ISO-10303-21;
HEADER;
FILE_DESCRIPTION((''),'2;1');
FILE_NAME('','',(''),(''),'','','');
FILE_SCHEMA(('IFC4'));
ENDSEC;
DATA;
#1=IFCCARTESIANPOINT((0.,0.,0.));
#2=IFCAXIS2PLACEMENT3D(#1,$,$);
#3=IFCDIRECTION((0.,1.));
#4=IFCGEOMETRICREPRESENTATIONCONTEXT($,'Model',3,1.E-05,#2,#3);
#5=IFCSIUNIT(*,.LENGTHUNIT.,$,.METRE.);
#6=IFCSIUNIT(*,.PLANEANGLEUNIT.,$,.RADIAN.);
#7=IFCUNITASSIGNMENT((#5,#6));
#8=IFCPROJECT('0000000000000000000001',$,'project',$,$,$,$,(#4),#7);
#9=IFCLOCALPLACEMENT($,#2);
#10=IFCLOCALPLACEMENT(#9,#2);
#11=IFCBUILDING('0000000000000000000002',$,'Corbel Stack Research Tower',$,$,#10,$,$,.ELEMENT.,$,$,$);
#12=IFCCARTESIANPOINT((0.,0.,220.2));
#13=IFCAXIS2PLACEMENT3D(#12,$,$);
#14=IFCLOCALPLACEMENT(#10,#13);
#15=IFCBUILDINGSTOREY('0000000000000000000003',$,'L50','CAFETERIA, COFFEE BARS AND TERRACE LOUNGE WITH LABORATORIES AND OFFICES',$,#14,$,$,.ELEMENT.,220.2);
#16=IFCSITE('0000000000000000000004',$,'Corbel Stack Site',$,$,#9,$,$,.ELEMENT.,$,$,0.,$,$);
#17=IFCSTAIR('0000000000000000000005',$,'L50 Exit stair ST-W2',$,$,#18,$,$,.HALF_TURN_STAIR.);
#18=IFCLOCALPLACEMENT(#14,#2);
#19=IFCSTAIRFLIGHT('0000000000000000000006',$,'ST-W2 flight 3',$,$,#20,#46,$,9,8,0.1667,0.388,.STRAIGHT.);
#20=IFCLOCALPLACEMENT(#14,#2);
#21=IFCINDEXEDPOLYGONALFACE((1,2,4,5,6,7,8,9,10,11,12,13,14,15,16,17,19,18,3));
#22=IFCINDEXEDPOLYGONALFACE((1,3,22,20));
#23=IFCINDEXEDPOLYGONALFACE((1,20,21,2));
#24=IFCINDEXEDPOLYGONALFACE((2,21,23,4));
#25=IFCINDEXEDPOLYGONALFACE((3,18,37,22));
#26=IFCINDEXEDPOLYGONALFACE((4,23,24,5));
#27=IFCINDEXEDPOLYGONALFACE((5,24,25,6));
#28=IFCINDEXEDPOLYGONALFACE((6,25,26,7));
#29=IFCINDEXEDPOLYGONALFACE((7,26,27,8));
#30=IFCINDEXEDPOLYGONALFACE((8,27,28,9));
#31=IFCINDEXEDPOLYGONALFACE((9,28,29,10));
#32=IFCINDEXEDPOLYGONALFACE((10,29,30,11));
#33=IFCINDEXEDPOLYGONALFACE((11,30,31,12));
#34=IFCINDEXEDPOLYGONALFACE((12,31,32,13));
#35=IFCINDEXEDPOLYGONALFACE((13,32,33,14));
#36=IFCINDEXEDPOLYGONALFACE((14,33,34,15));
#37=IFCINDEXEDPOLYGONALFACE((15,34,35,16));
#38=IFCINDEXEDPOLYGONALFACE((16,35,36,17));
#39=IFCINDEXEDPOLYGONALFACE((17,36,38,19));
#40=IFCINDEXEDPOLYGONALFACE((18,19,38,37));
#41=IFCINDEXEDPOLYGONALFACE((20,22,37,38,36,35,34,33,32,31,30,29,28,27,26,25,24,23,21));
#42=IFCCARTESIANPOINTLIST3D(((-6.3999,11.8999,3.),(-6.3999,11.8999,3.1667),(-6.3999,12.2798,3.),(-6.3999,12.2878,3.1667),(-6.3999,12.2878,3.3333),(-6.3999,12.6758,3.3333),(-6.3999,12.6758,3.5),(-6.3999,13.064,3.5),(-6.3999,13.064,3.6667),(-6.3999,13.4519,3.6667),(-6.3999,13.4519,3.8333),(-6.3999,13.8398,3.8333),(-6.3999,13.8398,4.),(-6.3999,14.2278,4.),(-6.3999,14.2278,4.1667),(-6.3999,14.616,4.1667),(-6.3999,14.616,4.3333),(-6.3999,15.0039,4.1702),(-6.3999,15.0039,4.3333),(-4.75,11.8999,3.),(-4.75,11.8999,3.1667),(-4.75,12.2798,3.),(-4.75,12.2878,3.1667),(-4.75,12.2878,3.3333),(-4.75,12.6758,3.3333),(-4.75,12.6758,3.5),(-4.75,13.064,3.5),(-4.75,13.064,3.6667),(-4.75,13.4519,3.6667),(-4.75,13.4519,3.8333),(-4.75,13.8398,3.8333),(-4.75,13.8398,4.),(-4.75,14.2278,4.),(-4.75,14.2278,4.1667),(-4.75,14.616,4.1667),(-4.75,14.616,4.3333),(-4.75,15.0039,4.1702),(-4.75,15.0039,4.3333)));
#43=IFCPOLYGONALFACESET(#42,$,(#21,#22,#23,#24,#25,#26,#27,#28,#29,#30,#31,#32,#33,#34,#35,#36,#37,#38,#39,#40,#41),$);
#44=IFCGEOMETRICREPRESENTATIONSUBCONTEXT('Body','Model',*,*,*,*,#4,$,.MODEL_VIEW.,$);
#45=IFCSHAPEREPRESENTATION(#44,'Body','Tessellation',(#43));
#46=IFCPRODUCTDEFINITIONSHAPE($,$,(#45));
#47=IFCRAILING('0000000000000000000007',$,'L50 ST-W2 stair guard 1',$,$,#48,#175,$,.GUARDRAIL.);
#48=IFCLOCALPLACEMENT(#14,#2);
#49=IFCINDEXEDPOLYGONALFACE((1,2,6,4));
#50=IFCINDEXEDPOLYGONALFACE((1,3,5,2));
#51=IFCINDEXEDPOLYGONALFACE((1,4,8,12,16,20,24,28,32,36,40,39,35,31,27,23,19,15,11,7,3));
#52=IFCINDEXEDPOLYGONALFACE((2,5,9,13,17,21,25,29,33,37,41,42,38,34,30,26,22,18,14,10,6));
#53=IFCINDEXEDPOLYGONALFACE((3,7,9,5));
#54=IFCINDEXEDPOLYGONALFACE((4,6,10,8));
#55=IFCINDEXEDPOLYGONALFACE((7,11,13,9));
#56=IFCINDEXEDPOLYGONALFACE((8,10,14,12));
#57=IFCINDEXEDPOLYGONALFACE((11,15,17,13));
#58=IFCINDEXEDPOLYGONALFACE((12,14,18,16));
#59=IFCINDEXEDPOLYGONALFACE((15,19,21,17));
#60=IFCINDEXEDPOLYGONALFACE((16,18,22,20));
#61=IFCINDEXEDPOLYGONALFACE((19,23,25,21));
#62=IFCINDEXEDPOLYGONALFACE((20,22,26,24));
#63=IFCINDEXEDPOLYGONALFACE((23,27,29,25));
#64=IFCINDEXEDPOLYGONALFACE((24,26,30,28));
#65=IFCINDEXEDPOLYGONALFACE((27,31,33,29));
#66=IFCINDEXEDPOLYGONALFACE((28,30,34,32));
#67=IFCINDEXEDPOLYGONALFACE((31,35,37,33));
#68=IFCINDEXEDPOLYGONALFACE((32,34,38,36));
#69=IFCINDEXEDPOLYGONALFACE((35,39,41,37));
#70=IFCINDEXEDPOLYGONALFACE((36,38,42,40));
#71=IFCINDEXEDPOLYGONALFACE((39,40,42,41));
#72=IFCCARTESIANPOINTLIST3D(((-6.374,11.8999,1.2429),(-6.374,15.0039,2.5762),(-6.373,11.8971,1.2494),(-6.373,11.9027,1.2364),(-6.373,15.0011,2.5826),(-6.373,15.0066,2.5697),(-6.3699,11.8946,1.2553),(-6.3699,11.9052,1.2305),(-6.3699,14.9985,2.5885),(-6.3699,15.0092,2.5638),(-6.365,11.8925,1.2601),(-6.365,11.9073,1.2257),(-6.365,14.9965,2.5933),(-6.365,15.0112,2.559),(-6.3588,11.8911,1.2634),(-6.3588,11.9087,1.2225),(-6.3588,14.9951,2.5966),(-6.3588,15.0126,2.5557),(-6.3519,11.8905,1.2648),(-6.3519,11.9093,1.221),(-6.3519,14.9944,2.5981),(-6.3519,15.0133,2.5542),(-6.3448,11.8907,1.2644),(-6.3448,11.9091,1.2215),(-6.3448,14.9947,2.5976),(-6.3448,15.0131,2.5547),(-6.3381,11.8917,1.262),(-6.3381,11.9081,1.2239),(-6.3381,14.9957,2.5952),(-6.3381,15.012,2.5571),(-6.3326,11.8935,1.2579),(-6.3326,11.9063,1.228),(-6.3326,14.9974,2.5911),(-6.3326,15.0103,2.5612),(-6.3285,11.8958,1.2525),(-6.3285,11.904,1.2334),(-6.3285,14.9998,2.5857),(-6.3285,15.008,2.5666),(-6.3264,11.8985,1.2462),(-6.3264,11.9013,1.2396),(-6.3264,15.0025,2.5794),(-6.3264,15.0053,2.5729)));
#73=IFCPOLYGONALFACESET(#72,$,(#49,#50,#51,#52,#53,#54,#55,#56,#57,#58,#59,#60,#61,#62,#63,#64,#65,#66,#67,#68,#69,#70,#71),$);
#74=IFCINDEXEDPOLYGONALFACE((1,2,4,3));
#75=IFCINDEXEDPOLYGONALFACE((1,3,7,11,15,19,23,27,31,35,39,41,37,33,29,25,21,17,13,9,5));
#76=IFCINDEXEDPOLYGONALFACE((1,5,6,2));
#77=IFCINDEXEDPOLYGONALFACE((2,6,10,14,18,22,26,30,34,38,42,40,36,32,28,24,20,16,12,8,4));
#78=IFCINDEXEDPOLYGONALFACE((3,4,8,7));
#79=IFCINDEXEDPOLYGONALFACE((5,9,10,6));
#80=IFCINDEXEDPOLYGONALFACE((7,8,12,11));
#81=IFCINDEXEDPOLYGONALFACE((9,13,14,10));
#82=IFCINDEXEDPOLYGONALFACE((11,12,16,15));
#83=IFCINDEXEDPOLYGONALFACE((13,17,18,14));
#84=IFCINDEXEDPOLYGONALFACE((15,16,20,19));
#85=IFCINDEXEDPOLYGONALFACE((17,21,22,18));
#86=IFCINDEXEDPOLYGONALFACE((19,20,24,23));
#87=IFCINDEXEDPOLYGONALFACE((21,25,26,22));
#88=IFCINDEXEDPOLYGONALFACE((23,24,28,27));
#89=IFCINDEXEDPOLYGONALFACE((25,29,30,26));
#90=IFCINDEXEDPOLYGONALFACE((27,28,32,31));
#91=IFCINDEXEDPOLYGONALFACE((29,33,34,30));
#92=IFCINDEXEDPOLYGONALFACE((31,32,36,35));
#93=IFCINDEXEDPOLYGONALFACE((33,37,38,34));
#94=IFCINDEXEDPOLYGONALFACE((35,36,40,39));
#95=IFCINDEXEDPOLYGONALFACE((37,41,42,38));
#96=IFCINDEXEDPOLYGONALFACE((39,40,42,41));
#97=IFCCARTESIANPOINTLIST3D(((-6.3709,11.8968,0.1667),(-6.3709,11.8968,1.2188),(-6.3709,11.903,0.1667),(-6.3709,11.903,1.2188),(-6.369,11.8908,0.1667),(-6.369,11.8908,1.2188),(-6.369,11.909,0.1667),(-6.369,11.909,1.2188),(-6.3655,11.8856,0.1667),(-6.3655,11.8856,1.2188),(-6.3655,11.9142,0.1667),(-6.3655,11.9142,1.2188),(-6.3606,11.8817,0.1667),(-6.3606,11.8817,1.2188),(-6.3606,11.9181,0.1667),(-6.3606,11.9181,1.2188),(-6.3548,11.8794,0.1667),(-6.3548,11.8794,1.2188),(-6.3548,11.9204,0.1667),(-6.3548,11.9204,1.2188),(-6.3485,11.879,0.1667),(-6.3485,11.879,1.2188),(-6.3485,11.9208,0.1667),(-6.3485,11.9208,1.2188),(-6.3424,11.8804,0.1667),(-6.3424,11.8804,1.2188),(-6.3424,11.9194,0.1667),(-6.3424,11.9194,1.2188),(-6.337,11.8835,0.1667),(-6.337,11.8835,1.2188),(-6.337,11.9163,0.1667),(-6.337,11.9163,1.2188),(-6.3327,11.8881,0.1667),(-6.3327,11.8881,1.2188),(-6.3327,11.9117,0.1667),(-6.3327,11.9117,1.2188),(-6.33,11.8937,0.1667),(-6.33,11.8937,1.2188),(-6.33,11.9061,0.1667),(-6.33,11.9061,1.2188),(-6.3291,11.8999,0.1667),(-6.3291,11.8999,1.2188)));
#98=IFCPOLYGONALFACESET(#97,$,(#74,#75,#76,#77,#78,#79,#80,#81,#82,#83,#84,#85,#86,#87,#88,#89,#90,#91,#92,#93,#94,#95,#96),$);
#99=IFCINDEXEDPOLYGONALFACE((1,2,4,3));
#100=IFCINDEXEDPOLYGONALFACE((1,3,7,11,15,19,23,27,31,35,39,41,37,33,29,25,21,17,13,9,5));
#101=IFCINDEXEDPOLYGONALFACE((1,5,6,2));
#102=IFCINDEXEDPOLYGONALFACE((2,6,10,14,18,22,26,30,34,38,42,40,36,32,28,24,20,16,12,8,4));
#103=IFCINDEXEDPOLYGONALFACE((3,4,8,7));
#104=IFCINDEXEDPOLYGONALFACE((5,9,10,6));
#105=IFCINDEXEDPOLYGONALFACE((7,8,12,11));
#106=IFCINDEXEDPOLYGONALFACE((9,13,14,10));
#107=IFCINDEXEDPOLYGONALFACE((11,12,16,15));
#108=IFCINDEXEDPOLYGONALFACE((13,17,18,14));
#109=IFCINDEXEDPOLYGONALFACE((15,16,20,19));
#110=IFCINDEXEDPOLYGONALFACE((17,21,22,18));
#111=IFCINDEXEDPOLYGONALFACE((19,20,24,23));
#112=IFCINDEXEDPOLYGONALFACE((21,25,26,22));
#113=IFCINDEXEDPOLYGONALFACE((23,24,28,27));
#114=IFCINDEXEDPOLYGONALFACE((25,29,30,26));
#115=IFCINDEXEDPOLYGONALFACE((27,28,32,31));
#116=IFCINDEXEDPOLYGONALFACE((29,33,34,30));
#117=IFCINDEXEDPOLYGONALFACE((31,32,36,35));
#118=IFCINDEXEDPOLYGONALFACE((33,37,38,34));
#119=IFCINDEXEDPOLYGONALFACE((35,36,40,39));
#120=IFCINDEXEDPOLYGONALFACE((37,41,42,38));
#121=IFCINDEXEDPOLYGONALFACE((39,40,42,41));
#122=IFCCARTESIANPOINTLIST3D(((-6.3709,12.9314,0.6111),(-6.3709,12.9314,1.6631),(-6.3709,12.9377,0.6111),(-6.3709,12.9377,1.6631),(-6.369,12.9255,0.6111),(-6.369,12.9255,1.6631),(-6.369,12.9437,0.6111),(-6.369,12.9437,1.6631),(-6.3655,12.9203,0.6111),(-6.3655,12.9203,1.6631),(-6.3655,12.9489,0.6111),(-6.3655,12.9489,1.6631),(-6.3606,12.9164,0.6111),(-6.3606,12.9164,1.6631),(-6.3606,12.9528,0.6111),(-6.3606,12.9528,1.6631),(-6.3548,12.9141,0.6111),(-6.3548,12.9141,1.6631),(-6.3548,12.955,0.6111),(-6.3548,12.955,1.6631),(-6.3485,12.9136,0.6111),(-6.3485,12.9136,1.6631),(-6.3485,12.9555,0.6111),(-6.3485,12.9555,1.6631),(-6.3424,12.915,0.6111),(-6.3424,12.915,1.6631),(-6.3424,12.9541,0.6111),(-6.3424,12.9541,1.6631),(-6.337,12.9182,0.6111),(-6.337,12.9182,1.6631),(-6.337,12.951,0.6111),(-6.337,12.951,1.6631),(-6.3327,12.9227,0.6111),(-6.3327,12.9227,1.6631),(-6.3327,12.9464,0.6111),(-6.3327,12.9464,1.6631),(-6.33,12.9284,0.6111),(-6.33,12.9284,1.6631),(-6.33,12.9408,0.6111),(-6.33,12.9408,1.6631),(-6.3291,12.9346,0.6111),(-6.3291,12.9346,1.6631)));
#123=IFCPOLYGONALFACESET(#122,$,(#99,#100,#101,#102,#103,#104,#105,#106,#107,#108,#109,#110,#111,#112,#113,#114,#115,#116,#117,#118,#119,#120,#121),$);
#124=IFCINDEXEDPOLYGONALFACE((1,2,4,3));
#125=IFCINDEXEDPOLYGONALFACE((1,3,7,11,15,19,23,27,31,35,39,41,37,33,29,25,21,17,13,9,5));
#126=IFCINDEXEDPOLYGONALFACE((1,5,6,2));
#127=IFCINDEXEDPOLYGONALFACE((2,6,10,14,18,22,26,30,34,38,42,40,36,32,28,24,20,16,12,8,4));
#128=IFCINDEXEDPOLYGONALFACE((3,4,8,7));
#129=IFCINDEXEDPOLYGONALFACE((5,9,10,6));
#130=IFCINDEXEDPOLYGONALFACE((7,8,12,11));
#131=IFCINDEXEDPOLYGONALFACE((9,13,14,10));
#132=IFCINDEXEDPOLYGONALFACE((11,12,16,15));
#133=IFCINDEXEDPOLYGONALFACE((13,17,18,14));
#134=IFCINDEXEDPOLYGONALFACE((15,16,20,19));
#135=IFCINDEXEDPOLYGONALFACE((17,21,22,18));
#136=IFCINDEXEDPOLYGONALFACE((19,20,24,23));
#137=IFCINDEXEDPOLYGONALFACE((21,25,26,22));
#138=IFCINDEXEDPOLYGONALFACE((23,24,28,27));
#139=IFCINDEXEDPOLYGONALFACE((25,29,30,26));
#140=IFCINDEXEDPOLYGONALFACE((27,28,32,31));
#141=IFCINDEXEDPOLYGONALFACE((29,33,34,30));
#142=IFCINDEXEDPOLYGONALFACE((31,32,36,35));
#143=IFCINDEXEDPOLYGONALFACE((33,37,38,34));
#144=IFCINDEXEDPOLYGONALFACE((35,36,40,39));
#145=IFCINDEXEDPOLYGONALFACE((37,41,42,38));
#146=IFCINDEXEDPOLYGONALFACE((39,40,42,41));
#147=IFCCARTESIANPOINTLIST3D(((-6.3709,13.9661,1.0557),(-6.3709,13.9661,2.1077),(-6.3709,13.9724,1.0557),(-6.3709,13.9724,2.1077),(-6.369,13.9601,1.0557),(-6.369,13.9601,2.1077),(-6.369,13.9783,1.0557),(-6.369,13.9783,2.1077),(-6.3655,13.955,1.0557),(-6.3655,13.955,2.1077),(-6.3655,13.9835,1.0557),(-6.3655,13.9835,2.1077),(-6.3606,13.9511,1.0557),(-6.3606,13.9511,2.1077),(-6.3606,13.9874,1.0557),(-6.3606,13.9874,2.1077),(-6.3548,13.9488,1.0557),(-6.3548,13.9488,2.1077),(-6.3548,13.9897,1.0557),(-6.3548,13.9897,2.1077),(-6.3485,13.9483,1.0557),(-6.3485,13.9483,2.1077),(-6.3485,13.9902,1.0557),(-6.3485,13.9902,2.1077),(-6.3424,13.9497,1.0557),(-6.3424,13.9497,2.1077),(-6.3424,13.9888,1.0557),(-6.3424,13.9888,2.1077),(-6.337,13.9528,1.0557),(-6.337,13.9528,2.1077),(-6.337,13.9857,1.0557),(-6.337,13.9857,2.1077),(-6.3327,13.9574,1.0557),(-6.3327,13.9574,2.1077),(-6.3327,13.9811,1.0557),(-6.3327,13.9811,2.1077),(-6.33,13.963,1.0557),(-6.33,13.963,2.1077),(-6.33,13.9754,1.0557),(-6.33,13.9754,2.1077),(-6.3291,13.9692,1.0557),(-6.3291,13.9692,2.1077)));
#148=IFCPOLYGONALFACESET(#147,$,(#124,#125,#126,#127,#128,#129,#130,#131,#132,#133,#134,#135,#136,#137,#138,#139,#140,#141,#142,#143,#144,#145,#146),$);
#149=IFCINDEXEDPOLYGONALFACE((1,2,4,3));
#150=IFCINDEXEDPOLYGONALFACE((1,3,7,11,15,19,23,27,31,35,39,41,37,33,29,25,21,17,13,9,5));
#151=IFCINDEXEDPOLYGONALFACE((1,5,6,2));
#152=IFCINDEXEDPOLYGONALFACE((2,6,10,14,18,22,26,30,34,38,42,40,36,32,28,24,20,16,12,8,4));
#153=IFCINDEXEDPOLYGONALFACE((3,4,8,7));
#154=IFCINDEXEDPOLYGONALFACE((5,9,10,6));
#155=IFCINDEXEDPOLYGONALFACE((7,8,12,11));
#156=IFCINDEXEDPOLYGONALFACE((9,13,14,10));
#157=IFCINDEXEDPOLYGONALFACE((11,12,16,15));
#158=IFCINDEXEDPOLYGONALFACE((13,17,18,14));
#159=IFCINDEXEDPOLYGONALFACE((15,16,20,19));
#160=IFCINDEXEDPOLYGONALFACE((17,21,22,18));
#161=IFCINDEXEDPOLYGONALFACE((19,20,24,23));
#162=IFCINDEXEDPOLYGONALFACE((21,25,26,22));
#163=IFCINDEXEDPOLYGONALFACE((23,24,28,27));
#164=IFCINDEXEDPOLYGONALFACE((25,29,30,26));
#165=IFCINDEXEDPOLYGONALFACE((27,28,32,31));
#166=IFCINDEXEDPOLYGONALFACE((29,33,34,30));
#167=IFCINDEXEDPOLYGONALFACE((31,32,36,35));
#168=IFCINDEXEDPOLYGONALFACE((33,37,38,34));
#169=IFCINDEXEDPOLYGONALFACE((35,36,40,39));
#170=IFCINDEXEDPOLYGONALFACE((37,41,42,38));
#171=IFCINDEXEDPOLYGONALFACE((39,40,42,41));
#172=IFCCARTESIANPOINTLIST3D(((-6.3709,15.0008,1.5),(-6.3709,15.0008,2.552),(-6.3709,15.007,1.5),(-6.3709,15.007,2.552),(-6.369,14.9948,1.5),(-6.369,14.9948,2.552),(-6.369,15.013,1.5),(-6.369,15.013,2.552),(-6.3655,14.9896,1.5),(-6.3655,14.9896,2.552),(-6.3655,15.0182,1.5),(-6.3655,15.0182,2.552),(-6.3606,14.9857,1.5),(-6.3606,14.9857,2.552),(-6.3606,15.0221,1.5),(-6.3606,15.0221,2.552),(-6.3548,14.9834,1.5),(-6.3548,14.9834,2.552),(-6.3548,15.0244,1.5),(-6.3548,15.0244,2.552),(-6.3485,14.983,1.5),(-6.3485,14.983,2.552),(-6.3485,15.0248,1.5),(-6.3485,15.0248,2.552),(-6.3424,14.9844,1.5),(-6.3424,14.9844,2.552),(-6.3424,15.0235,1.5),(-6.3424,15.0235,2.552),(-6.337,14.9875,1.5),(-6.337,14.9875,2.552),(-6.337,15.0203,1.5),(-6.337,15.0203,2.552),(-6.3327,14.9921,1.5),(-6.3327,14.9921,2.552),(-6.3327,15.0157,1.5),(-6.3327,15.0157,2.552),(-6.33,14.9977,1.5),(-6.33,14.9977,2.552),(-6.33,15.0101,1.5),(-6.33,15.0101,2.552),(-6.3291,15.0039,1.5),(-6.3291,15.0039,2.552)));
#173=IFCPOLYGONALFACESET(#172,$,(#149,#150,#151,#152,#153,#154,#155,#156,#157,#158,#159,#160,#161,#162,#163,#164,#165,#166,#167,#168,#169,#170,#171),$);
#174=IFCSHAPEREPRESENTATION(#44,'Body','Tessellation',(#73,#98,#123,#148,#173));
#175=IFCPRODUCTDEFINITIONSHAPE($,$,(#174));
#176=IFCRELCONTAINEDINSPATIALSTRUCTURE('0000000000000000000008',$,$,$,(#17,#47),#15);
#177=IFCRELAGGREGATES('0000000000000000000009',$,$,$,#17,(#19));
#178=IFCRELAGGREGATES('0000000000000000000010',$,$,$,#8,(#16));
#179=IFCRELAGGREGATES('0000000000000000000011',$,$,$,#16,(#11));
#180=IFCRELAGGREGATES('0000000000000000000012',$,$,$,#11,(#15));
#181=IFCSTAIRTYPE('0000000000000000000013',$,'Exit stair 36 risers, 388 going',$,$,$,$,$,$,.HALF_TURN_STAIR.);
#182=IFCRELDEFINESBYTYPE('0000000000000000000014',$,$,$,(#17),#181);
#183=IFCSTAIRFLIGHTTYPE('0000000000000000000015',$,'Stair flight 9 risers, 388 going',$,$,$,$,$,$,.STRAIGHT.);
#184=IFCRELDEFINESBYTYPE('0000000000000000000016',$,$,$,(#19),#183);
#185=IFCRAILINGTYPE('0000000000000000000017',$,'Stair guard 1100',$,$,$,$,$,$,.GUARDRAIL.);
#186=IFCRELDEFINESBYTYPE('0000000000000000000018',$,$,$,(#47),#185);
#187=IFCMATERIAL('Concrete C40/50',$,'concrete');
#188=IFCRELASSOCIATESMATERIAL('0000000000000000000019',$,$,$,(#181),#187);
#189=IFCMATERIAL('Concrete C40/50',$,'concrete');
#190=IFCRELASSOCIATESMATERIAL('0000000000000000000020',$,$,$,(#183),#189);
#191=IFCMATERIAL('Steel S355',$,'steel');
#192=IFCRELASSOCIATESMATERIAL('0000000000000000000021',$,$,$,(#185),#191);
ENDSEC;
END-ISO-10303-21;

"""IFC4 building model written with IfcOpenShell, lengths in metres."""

from ifc_helpers import new_model, si_unit, direction, frame, origin, origin_2d, place, context, subcontext, project, spatial, polyline, circle, outline, extrude, material, type_object, element, aggregate, save


model = new_model("IFC4")

# Units and contexts
model_context = context("Model", 3, precision=1e-05, world=origin(), true_north=direction((0.0, 1.0)))
body_context = subcontext(model_context, "Body", "Model", "MODEL_VIEW")
ifc_project = project(units=[si_unit("LENGTHUNIT", "METRE"), si_unit("PLANEANGLEUNIT", "RADIAN")], contexts=[model_context])

# Site, building, storey
site_placement = place(None, origin())
site = spatial("IfcSite", under=ifc_project, at=site_placement, Name="Corbel Stack Site", CompositionType="ELEMENT", RefElevation=0.0)
building_placement = place(site_placement, origin())
building = spatial("IfcBuilding", under=site, at=building_placement, Name="Corbel Stack Research Tower", CompositionType="ELEMENT")
storey_placement = place(building_placement, frame((0.0, 0.0, 220.2)))
storey = spatial("IfcBuildingStorey", under=building, at=storey_placement, Name="L50", Description="CAFETERIA, COFFEE BARS AND TERRACE LOUNGE WITH LABORATORIES AND OFFICES", CompositionType="ELEMENT", Elevation=220.2)

# Stair, stair flight
ifc_material_1 = material(Name="Concrete C40/50", Category="concrete")
stair_type = type_object("IfcStairType", Name="Exit stair 36 risers, 388 going", PredefinedType="HALF_TURN_STAIR", material=ifc_material_1)
stair_placement = place(storey_placement, origin())
stair = element("IfcStair", 1, at=stair_placement, inside=storey, type_object=stair_type, Name="L50 Exit stair ST-W2", PredefinedType="HALF_TURN_STAIR")
ifc_material_2 = material(Name="Concrete C40/50", Category="concrete")
stair_flight_type = type_object("IfcStairFlightType", Name="Stair flight 9 risers, 388 going", PredefinedType="STRAIGHT", material=ifc_material_2)
stair_flight_1_placement = place(storey_placement, frame((-5.575, 11.8999, 3.0), z_axis=(0.0, 0.0, 1.0), x_axis=(0.0, 1.0, 0.0)))
stair_flight_1 = element("IfcStairFlight", 2, at=stair_flight_1_placement, type_object=stair_flight_type, Name="ST-W2 flight 3", NumberOfRisers=9, NumberOfTreads=8, PredefinedType="STRAIGHT", RiserHeight=0.1667, TreadLength=0.388, context=body_context, shape_type="SweptSolid", body=[
    extrude(outline(polyline([(0.0, 0.0), (0.0, 0.1667), (0.3879, 0.1667), (0.3879, 0.3333), (0.7759, 0.3333), (0.7759, 0.5), (1.1641, 0.5), (1.1641, 0.6667), (1.552, 0.6667), (1.552, 0.8333), (1.9399, 0.8333), (1.9399, 1.0), (2.3279, 1.0), (2.3279, 1.1667), (2.7161, 1.1667), (2.7161, 1.3333), (3.104, 1.3333), (3.104, 1.5), (3.104, 1.1702), (0.3799, 0.0), (0.0, 0.0)])), frame((0.0, 0.825, 0.0), z_axis=(0.0, -1.0, 0.0), x_axis=(1.0, 0.0, 0.0)), (0.0, 0.0, 1.0), 1.6499),
])
aggregate(stair, [stair_flight_1])

# Railing
ifc_material_3 = material(Name="Steel S355", Category="steel")
railing_type_1 = type_object("IfcRailingType", Name="Stair guard 1100", PredefinedType="GUARDRAIL", material=ifc_material_3)
for number, where, name in (
    (3, (-6.3501, 11.8999, 0.1667), "L50 ST-W2 stair guard 1"),
):
    element("IfcRailing", number, at=place(storey_placement, frame(where)), inside=storey, type_object=railing_type_1, Name=name, PredefinedType="GUARDRAIL", context=body_context, shape_type="SweptSolid", body=[
        extrude(circle(Radius=0.0239, at=origin_2d()), frame((0.0, 0.0, 1.0762), z_axis=(0.0, 0.918827, 0.394661), x_axis=(-1.0, 0.0, 0.0)), (0.0, 0.0, 1.0), 3.3782),
        extrude(circle(Radius=0.021, at=origin_2d()), origin(), (0.0, 0.0, 1.0), 1.052),
        extrude(circle(Radius=0.021, at=origin_2d()), frame((0.0, 1.0347, 0.4443)), (0.0, 0.0, 1.0), 1.052),
        extrude(circle(Radius=0.021, at=origin_2d()), frame((0.0, 2.0693, 0.8889)), (0.0, 0.0, 1.0), 1.052),
        extrude(circle(Radius=0.021, at=origin_2d()), frame((0.0, 3.104, 1.3333)), (0.0, 0.0, 1.0), 1.052),
    ])

save(model, "model.ifc")
